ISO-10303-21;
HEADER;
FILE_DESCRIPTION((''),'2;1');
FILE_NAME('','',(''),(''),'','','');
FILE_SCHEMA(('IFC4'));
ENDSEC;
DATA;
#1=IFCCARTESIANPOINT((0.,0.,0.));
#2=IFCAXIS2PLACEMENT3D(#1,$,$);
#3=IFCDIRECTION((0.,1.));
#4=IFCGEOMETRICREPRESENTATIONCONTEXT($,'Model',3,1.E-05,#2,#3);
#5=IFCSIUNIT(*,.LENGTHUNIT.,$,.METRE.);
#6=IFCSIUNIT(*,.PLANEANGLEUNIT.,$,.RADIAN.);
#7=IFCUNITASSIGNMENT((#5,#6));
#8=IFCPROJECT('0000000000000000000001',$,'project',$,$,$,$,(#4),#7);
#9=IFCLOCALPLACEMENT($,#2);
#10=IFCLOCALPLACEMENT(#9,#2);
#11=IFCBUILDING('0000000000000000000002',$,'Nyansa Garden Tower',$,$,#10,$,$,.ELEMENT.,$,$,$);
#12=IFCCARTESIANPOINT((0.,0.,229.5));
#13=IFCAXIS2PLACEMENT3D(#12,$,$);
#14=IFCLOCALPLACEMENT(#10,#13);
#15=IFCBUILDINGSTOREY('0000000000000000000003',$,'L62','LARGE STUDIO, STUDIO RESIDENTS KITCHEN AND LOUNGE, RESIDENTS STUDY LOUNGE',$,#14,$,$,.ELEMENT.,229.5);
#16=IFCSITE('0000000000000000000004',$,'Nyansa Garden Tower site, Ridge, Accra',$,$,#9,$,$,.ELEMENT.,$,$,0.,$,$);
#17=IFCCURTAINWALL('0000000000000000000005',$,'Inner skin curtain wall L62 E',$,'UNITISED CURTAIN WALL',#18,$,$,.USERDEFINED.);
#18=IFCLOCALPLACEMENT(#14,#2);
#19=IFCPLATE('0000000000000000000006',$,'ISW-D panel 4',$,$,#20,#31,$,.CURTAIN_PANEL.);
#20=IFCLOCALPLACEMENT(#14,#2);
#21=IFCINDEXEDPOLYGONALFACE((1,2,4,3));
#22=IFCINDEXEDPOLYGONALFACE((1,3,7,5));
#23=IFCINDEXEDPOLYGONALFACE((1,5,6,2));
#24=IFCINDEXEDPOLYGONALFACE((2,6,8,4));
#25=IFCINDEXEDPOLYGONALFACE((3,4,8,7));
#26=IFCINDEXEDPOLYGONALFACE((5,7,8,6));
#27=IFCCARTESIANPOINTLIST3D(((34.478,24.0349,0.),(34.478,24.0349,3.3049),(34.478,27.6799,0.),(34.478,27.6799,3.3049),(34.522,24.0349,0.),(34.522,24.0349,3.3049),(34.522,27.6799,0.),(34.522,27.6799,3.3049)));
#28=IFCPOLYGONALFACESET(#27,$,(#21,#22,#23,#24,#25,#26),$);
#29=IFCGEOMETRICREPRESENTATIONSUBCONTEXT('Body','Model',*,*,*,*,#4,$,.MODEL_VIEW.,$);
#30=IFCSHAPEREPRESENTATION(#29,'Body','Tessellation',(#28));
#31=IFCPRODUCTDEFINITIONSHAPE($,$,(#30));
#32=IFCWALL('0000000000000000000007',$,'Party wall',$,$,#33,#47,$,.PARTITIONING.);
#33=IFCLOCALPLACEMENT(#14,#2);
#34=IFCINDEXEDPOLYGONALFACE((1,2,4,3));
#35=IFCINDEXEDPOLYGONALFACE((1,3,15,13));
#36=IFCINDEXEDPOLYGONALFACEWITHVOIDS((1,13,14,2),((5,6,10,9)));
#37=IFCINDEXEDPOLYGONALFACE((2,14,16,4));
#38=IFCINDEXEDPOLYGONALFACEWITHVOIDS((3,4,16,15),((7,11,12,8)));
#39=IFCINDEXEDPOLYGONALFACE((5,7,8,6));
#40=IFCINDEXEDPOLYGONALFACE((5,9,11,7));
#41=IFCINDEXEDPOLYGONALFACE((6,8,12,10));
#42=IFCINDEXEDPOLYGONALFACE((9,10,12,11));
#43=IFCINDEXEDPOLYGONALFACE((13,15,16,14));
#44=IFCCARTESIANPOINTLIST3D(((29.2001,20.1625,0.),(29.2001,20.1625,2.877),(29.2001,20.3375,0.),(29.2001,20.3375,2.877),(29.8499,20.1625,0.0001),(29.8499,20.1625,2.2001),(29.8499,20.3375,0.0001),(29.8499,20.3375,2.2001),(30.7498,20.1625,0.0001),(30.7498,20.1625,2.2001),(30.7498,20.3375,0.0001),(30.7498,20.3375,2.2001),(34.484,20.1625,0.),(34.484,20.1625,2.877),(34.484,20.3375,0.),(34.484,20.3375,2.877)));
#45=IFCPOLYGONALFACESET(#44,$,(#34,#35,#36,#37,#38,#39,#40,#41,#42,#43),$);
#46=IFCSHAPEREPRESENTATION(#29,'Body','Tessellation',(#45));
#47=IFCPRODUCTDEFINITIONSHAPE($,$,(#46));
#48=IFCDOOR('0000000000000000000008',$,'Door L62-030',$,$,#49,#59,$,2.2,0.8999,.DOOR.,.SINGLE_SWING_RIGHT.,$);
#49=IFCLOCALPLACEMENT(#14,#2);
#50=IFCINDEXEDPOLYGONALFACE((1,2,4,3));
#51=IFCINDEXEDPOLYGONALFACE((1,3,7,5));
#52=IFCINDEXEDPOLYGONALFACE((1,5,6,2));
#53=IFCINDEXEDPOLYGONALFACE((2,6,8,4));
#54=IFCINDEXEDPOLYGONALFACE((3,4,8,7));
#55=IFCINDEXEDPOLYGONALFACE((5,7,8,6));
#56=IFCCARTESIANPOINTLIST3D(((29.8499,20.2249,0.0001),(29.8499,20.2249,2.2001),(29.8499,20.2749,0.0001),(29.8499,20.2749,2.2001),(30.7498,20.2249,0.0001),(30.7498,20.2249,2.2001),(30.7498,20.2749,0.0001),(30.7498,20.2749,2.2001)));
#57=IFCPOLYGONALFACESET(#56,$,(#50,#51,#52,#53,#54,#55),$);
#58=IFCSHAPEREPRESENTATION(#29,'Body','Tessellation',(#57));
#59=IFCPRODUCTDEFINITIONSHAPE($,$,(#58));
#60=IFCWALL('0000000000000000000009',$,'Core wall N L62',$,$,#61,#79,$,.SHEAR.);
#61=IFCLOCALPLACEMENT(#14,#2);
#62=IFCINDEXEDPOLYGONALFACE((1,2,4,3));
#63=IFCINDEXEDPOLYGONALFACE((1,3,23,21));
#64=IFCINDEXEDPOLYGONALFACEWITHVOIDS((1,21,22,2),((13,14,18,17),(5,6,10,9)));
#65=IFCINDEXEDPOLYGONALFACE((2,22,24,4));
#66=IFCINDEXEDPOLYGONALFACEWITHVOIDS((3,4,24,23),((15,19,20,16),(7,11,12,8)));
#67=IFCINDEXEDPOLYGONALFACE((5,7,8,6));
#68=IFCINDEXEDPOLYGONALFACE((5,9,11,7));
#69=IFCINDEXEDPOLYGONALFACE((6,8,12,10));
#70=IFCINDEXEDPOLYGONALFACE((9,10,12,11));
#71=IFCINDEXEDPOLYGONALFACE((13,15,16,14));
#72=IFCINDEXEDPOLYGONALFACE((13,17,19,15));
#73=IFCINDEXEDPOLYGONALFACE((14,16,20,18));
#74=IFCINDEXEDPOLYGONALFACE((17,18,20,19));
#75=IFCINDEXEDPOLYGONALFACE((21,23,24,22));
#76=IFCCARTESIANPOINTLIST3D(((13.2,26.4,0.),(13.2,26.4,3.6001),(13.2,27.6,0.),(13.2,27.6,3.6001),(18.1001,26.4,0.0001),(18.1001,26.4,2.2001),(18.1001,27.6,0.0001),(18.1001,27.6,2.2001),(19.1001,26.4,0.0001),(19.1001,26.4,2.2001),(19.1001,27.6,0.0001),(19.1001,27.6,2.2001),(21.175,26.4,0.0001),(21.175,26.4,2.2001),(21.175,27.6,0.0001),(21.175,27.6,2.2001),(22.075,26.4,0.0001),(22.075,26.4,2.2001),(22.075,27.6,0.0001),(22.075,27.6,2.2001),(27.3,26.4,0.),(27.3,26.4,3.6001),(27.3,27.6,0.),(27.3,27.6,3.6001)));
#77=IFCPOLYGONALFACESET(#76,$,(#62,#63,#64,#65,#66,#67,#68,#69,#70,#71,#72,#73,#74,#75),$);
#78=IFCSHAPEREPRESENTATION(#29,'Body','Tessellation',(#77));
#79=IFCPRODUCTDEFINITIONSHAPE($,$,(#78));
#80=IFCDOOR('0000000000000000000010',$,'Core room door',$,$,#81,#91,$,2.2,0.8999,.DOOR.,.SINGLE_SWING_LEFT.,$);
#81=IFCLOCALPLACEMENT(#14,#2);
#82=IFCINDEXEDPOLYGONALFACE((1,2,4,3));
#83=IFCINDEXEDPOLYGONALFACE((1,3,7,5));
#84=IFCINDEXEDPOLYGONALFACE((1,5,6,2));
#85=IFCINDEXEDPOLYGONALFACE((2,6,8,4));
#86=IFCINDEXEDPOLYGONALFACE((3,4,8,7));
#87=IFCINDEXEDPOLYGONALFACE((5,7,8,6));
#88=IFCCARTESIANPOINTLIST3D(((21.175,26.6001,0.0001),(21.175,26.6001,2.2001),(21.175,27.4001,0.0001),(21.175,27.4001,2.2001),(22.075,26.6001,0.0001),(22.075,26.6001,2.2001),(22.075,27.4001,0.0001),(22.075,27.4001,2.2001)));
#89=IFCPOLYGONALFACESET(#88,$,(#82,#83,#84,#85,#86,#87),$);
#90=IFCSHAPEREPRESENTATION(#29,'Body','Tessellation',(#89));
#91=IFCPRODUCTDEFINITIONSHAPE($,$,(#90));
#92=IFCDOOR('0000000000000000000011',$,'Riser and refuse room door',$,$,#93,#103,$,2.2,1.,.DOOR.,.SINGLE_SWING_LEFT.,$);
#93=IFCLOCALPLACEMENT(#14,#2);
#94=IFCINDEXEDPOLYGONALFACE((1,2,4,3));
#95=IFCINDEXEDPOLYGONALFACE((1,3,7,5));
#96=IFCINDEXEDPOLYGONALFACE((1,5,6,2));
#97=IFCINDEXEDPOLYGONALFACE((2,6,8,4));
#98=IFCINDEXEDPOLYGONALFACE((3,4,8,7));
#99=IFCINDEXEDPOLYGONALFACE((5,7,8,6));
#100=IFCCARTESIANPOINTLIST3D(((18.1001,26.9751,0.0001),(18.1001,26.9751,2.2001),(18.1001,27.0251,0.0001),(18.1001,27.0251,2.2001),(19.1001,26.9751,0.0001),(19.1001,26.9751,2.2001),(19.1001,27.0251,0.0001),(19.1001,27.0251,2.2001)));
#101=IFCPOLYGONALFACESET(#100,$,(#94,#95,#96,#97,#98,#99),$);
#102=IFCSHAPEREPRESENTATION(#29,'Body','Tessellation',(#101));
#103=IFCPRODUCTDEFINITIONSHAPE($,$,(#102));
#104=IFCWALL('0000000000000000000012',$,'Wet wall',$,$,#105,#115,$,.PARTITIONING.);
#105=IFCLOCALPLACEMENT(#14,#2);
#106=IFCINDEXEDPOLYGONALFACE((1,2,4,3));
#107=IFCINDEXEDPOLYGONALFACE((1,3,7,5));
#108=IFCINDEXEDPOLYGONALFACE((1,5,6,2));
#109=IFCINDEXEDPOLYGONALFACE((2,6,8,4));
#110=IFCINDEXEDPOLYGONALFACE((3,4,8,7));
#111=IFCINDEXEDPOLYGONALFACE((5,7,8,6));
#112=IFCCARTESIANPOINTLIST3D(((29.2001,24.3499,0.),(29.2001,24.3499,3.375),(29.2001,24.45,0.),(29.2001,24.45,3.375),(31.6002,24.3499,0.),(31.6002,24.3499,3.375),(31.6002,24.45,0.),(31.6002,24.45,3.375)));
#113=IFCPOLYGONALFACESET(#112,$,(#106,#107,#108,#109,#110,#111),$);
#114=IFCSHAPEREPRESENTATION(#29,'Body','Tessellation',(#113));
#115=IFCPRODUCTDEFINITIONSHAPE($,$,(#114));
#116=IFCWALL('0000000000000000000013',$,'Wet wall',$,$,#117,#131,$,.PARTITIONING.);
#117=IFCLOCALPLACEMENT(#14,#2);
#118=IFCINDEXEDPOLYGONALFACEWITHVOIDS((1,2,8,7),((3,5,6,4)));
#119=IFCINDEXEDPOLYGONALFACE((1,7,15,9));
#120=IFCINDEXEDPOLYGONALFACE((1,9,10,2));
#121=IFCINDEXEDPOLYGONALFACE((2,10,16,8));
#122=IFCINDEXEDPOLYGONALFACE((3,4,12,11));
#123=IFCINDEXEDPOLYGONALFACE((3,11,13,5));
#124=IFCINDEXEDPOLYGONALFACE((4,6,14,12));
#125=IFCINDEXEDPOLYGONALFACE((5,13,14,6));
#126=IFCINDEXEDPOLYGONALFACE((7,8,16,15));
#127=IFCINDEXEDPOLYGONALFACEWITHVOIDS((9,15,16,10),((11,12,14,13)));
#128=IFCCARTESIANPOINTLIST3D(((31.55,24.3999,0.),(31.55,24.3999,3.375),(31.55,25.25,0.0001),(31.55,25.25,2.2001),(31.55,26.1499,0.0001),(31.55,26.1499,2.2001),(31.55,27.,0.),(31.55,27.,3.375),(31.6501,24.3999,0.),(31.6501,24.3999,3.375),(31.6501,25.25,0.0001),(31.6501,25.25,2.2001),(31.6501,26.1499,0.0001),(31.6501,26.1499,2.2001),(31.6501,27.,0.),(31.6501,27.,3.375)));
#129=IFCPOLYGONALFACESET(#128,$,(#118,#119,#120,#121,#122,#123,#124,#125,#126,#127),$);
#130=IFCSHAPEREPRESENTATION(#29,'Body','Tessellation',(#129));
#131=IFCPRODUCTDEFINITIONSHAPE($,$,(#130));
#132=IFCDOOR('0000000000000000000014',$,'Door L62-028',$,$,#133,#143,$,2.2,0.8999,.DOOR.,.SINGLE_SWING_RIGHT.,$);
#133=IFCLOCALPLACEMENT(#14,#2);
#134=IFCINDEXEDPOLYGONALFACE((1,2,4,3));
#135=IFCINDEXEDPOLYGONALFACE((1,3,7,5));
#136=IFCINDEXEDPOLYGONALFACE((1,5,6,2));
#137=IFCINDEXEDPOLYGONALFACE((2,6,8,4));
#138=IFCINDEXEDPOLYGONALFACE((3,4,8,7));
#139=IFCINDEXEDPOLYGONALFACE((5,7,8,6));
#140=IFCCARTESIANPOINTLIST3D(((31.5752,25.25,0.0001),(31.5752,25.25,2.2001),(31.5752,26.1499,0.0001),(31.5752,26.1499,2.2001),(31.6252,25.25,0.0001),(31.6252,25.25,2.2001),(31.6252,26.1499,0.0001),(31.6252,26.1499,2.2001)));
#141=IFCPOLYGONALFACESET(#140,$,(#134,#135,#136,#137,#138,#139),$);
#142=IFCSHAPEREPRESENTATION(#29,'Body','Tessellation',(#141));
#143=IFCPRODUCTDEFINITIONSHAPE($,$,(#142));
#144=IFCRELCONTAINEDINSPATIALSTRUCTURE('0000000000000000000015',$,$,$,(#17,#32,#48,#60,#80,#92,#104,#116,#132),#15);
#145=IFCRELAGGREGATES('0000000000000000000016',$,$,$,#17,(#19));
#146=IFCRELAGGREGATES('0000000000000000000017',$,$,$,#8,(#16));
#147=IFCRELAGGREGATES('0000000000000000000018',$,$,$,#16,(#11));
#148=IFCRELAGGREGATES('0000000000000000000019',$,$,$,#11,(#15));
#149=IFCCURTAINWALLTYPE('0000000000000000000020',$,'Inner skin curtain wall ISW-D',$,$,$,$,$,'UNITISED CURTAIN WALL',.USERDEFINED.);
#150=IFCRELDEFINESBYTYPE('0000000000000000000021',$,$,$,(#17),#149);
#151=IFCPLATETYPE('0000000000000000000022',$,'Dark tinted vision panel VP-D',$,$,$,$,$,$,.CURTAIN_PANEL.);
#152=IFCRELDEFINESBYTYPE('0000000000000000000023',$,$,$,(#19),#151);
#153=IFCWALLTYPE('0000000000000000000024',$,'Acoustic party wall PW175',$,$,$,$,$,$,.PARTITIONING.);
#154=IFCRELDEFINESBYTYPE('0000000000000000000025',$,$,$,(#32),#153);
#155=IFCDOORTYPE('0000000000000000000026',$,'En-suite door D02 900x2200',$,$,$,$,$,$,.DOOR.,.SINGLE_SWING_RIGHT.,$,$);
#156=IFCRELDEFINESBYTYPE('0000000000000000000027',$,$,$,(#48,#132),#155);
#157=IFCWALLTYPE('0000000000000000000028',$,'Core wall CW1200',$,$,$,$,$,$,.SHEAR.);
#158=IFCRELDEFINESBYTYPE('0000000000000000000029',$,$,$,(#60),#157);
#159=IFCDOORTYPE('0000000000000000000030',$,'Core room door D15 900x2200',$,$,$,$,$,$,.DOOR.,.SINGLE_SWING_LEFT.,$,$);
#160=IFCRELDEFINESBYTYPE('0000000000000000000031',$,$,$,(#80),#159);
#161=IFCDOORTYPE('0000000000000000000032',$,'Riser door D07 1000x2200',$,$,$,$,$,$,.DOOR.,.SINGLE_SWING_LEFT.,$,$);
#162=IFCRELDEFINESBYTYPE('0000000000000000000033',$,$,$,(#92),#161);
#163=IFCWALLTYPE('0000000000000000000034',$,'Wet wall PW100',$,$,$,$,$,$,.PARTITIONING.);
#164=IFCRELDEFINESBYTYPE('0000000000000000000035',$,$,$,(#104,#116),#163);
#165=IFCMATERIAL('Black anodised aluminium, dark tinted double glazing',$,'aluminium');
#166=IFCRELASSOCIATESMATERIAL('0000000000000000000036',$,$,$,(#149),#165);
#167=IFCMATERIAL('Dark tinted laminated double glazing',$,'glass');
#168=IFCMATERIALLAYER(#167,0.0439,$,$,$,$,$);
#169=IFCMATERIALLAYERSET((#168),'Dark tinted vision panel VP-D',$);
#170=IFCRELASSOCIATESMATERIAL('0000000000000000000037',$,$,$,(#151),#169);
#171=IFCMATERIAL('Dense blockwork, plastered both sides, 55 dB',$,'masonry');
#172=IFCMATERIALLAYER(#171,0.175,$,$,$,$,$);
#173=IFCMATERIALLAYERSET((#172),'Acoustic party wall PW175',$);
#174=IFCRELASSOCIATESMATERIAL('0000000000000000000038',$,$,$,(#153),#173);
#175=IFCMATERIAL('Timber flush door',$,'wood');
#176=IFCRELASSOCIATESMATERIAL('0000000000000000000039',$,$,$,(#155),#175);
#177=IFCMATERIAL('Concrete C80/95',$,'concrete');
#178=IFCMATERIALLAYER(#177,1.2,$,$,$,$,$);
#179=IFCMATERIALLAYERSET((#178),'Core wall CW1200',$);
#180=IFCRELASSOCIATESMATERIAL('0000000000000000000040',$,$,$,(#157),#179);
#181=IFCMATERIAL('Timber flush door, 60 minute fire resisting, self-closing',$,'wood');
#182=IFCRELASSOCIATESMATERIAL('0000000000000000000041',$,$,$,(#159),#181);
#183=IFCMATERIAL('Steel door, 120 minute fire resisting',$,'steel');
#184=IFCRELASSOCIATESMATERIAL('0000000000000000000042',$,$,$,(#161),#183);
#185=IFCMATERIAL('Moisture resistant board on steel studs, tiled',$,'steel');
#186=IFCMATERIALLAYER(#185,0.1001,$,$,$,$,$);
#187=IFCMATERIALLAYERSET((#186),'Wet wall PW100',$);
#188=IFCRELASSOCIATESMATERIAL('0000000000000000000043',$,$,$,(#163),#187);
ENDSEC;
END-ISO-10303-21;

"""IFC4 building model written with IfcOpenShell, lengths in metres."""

from ifc_helpers import new_model, si_unit, direction, frame, frame_2d, origin, origin_2d, place, context, subcontext, project, spatial, rectangle, extrude, material, layer, layer_set, type_object, element, fill, aggregate, save


model = new_model("IFC4")

# Units and contexts
model_context = context("Model", 3, precision=1e-05, world=origin(), true_north=direction((0.0, 1.0)))
body_context = subcontext(model_context, "Body", "Model", "MODEL_VIEW")
ifc_project = project(units=[si_unit("LENGTHUNIT", "METRE"), si_unit("PLANEANGLEUNIT", "RADIAN")], contexts=[model_context])

# Site, building, storey
site_placement = place(None, origin())
site = spatial("IfcSite", under=ifc_project, at=site_placement, Name="Nyansa Garden Tower site, Ridge, Accra", CompositionType="ELEMENT", RefElevation=0.0)
building_placement = place(site_placement, origin())
building = spatial("IfcBuilding", under=site, at=building_placement, Name="Nyansa Garden Tower", CompositionType="ELEMENT")
storey_placement = place(building_placement, frame((0.0, 0.0, 229.5)))
storey = spatial("IfcBuildingStorey", under=building, at=storey_placement, Name="L62", Description="LARGE STUDIO, STUDIO RESIDENTS KITCHEN AND LOUNGE, RESIDENTS STUDY LOUNGE", CompositionType="ELEMENT", Elevation=229.5)

# Curtain wall
ifc_material_1 = material(Name="Black anodised aluminium, dark tinted double glazing", Category="aluminium")
curtain_wall_type = type_object("IfcCurtainWallType", Name="Inner skin curtain wall ISW-D", ElementType="UNITISED CURTAIN WALL", PredefinedType="USERDEFINED", material=ifc_material_1)
curtain_wall_placement = place(storey_placement, origin())
curtain_wall = element("IfcCurtainWall", 1, at=curtain_wall_placement, inside=storey, type_object=curtain_wall_type, Name="Inner skin curtain wall L62 E", ObjectType="UNITISED CURTAIN WALL", PredefinedType="USERDEFINED")

# Plate
ifc_material_2 = material(Name="Dark tinted laminated double glazing", Category="glass")
ifc_layer_1 = layer(ifc_material_2, 0.0439)
ifc_layer_set_1 = layer_set([ifc_layer_1], Name="Dark tinted vision panel VP-D")
plate_type = type_object("IfcPlateType", Name="Dark tinted vision panel VP-D", PredefinedType="CURTAIN_PANEL", material=ifc_layer_set_1)
plate_1_placement = place(storey_placement, frame((34.5, 25.8574, 0.0), z_axis=(0.0, 0.0, 1.0), x_axis=(0.0, 1.0, 0.0)))
plate_1 = element("IfcPlate", 2, at=plate_1_placement, type_object=plate_type, Name="ISW-D panel 4", PredefinedType="CURTAIN_PANEL", context=body_context, shape_type="SweptSolid", body=[
    extrude(rectangle(XDim=3.645, YDim=0.0439, at=origin_2d()), origin(), (0.0, 0.0, 1.0), 3.3049),
])
aggregate(curtain_wall, [plate_1])

# Wall, opening, door
ifc_material_3 = material(Name="Dense blockwork, plastered both sides, 55 dB", Category="masonry")
ifc_layer_2 = layer(ifc_material_3, 0.175)
ifc_layer_set_2 = layer_set([ifc_layer_2], Name="Acoustic party wall PW175")
wall_type_1 = type_object("IfcWallType", Name="Acoustic party wall PW175", PredefinedType="PARTITIONING", material=ifc_layer_set_2)
wall_1_placement = place(storey_placement, frame((29.2, 20.25, 0.0), z_axis=(0.0, 0.0, 1.0), x_axis=(1.0, 0.0, 0.0)))
wall_1 = element("IfcWall", 3, at=wall_1_placement, inside=storey, type_object=wall_type_1, Name="Party wall", PredefinedType="PARTITIONING", context=body_context, shape_type="SweptSolid", body=[
    extrude(rectangle(XDim=5.2839, YDim=0.175, at=frame_2d((2.6421, 0.0))), origin(), (0.0, 0.0, 1.0), 2.877),
])
opening_1_placement = place(wall_1_placement, frame((0.6499, 0.0, 0.0)))
opening_1 = element("IfcOpeningElement", 4, at=opening_1_placement, cuts=wall_1, PredefinedType="OPENING", context=body_context, shape_type="SweptSolid", body=[
    extrude(rectangle(XDim=0.8999, YDim=2.2, at=frame_2d((0.45, 1.1001))), frame((0.0, 0.0974, 0.0), z_axis=(0.0, -1.0, 0.0), x_axis=(1.0, 0.0, 0.0)), (0.0, 0.0, 1.0), 0.1951),
])
ifc_material_4 = material(Name="Timber flush door", Category="wood")
door_type_1 = type_object("IfcDoorType", Name="En-suite door D02 900x2200", OperationType="SINGLE_SWING_RIGHT", PredefinedType="DOOR", material=ifc_material_4)
door_1_placement = place(opening_1_placement, origin())
door_1 = element("IfcDoor", 5, at=door_1_placement, inside=storey, type_object=door_type_1, Name="Door L62-030", OperationType="SINGLE_SWING_RIGHT", OverallHeight=2.2, OverallWidth=0.8999, PredefinedType="DOOR", context=body_context, shape_type="SweptSolid", body=[
    extrude(rectangle(XDim=0.8999, YDim=2.2, at=frame_2d((0.45, 1.1001))), frame((0.0, 0.0249, 0.0), z_axis=(0.0, -1.0, 0.0), x_axis=(1.0, 0.0, 0.0)), (0.0, 0.0, 1.0), 0.05),
])
fill(opening_1, door_1)

# Wall, openings, doors
ifc_material_5 = material(Name="Concrete C80/95", Category="concrete")
ifc_layer_3 = layer(ifc_material_5, 1.2)
ifc_layer_set_3 = layer_set([ifc_layer_3], Name="Core wall CW1200")
wall_type_2 = type_object("IfcWallType", Name="Core wall CW1200", PredefinedType="SHEAR", material=ifc_layer_set_3)
wall_2_placement = place(storey_placement, frame((27.3, 27.0, 0.0), z_axis=(0.0, 0.0, 1.0), x_axis=(-1.0, 0.0, 0.0)))
wall_2 = element("IfcWall", 6, at=wall_2_placement, inside=storey, type_object=wall_type_2, Name="Core wall N L62", PredefinedType="SHEAR", context=body_context, shape_type="SweptSolid", body=[
    extrude(rectangle(XDim=14.1001, YDim=1.2, at=frame_2d((7.05, 0.0))), origin(), (0.0, 0.0, 1.0), 3.6001),
])
opening_2_placement = place(wall_2_placement, frame((5.2251, 0.0, 0.0)))
opening_2 = element("IfcOpeningElement", 7, at=opening_2_placement, cuts=wall_2, PredefinedType="OPENING", context=body_context, shape_type="SweptSolid", body=[
    extrude(rectangle(XDim=0.8999, YDim=2.2, at=frame_2d((0.45, 1.1001))), frame((0.0, 0.6099, 0.0), z_axis=(0.0, -1.0, 0.0), x_axis=(1.0, 0.0, 0.0)), (0.0, 0.0, 1.0), 1.22),
])
opening_3_placement = place(wall_2_placement, frame((8.2, 0.0, 0.0)))
opening_3 = element("IfcOpeningElement", 8, at=opening_3_placement, cuts=wall_2, PredefinedType="OPENING", context=body_context, shape_type="SweptSolid", body=[
    extrude(rectangle(XDim=1.0, YDim=2.2, at=frame_2d((0.5, 1.1001))), frame((0.0, 0.6099, 0.0), z_axis=(0.0, -1.0, 0.0), x_axis=(1.0, 0.0, 0.0)), (0.0, 0.0, 1.0), 1.22),
])
ifc_material_6 = material(Name="Timber flush door, 60 minute fire resisting, self-closing", Category="wood")
door_type_2 = type_object("IfcDoorType", Name="Core room door D15 900x2200", OperationType="SINGLE_SWING_LEFT", PredefinedType="DOOR", material=ifc_material_6)
door_2_placement = place(opening_2_placement, origin())
door_2 = element("IfcDoor", 9, at=door_2_placement, inside=storey, type_object=door_type_2, Name="Core room door", OperationType="SINGLE_SWING_LEFT", OverallHeight=2.2, OverallWidth=0.8999, PredefinedType="DOOR", context=body_context, shape_type="SweptSolid", body=[
    extrude(rectangle(XDim=0.8999, YDim=2.2, at=frame_2d((0.45, 1.1001))), frame((0.0, 0.3999, 0.0), z_axis=(0.0, -1.0, 0.0), x_axis=(1.0, 0.0, 0.0)), (0.0, 0.0, 1.0), 0.8),
])
fill(opening_2, door_2)
ifc_material_7 = material(Name="Steel door, 120 minute fire resisting", Category="steel")
door_type_3 = type_object("IfcDoorType", Name="Riser door D07 1000x2200", OperationType="SINGLE_SWING_LEFT", PredefinedType="DOOR", material=ifc_material_7)
door_3_placement = place(opening_3_placement, origin())
door_3 = element("IfcDoor", 10, at=door_3_placement, inside=storey, type_object=door_type_3, Name="Riser and refuse room door", OperationType="SINGLE_SWING_LEFT", OverallHeight=2.2, OverallWidth=1.0, PredefinedType="DOOR", context=body_context, shape_type="SweptSolid", body=[
    extrude(rectangle(XDim=1.0, YDim=2.2, at=frame_2d((0.5, 1.1001))), frame((0.0, 0.0249, 0.0), z_axis=(0.0, -1.0, 0.0), x_axis=(1.0, 0.0, 0.0)), (0.0, 0.0, 1.0), 0.05),
])
fill(opening_3, door_3)

# Wall
ifc_material_8 = material(Name="Moisture resistant board on steel studs, tiled", Category="steel")
ifc_layer_4 = layer(ifc_material_8, 0.1001)
ifc_layer_set_4 = layer_set([ifc_layer_4], Name="Wet wall PW100")
wall_type_3 = type_object("IfcWallType", Name="Wet wall PW100", PredefinedType="PARTITIONING", material=ifc_layer_set_4)
wall_3_placement = place(storey_placement, frame((29.2, 24.3999, 0.0), z_axis=(0.0, 0.0, 1.0), x_axis=(1.0, 0.0, 0.0)))
element("IfcWall", 11, at=wall_3_placement, inside=storey, type_object=wall_type_3, Name="Wet wall", PredefinedType="PARTITIONING", context=body_context, shape_type="SweptSolid", body=[
    extrude(rectangle(XDim=2.4001, YDim=0.1001, at=frame_2d((1.2002, 0.0))), origin(), (0.0, 0.0, 1.0), 3.375),
])

# Wall, opening, door
wall_4_placement = place(storey_placement, frame((31.6001, 24.3999, 0.0), z_axis=(0.0, 0.0, 1.0), x_axis=(0.0, 1.0, 0.0)))
wall_4 = element("IfcWall", 12, at=wall_4_placement, inside=storey, type_object=wall_type_3, Name="Wet wall", PredefinedType="PARTITIONING", context=body_context, shape_type="SweptSolid", body=[
    extrude(rectangle(XDim=2.6001, YDim=0.1001, at=frame_2d((1.3, 0.0))), origin(), (0.0, 0.0, 1.0), 3.375),
])
opening_4_placement = place(wall_4_placement, frame((0.8501, 0.0, 0.0)))
opening_4 = element("IfcOpeningElement", 13, at=opening_4_placement, cuts=wall_4, PredefinedType="OPENING", context=body_context, shape_type="SweptSolid", body=[
    extrude(rectangle(XDim=0.8999, YDim=2.2, at=frame_2d((0.45, 1.1001))), frame((0.0, 0.0601, 0.0), z_axis=(0.0, -1.0, 0.0), x_axis=(1.0, 0.0, 0.0)), (0.0, 0.0, 1.0), 0.1201),
])
door_4_placement = place(opening_4_placement, origin())
door_4 = element("IfcDoor", 14, at=door_4_placement, inside=storey, type_object=door_type_1, Name="Door L62-028", OperationType="SINGLE_SWING_RIGHT", OverallHeight=2.2, OverallWidth=0.8999, PredefinedType="DOOR", context=body_context, shape_type="SweptSolid", body=[
    extrude(rectangle(XDim=0.8999, YDim=2.2, at=frame_2d((0.45, 1.1001))), frame((0.0, 0.0249, 0.0), z_axis=(0.0, -1.0, 0.0), x_axis=(1.0, 0.0, 0.0)), (0.0, 0.0, 1.0), 0.05),
])
fill(opening_4, door_4)

save(model, "model.ifc")
